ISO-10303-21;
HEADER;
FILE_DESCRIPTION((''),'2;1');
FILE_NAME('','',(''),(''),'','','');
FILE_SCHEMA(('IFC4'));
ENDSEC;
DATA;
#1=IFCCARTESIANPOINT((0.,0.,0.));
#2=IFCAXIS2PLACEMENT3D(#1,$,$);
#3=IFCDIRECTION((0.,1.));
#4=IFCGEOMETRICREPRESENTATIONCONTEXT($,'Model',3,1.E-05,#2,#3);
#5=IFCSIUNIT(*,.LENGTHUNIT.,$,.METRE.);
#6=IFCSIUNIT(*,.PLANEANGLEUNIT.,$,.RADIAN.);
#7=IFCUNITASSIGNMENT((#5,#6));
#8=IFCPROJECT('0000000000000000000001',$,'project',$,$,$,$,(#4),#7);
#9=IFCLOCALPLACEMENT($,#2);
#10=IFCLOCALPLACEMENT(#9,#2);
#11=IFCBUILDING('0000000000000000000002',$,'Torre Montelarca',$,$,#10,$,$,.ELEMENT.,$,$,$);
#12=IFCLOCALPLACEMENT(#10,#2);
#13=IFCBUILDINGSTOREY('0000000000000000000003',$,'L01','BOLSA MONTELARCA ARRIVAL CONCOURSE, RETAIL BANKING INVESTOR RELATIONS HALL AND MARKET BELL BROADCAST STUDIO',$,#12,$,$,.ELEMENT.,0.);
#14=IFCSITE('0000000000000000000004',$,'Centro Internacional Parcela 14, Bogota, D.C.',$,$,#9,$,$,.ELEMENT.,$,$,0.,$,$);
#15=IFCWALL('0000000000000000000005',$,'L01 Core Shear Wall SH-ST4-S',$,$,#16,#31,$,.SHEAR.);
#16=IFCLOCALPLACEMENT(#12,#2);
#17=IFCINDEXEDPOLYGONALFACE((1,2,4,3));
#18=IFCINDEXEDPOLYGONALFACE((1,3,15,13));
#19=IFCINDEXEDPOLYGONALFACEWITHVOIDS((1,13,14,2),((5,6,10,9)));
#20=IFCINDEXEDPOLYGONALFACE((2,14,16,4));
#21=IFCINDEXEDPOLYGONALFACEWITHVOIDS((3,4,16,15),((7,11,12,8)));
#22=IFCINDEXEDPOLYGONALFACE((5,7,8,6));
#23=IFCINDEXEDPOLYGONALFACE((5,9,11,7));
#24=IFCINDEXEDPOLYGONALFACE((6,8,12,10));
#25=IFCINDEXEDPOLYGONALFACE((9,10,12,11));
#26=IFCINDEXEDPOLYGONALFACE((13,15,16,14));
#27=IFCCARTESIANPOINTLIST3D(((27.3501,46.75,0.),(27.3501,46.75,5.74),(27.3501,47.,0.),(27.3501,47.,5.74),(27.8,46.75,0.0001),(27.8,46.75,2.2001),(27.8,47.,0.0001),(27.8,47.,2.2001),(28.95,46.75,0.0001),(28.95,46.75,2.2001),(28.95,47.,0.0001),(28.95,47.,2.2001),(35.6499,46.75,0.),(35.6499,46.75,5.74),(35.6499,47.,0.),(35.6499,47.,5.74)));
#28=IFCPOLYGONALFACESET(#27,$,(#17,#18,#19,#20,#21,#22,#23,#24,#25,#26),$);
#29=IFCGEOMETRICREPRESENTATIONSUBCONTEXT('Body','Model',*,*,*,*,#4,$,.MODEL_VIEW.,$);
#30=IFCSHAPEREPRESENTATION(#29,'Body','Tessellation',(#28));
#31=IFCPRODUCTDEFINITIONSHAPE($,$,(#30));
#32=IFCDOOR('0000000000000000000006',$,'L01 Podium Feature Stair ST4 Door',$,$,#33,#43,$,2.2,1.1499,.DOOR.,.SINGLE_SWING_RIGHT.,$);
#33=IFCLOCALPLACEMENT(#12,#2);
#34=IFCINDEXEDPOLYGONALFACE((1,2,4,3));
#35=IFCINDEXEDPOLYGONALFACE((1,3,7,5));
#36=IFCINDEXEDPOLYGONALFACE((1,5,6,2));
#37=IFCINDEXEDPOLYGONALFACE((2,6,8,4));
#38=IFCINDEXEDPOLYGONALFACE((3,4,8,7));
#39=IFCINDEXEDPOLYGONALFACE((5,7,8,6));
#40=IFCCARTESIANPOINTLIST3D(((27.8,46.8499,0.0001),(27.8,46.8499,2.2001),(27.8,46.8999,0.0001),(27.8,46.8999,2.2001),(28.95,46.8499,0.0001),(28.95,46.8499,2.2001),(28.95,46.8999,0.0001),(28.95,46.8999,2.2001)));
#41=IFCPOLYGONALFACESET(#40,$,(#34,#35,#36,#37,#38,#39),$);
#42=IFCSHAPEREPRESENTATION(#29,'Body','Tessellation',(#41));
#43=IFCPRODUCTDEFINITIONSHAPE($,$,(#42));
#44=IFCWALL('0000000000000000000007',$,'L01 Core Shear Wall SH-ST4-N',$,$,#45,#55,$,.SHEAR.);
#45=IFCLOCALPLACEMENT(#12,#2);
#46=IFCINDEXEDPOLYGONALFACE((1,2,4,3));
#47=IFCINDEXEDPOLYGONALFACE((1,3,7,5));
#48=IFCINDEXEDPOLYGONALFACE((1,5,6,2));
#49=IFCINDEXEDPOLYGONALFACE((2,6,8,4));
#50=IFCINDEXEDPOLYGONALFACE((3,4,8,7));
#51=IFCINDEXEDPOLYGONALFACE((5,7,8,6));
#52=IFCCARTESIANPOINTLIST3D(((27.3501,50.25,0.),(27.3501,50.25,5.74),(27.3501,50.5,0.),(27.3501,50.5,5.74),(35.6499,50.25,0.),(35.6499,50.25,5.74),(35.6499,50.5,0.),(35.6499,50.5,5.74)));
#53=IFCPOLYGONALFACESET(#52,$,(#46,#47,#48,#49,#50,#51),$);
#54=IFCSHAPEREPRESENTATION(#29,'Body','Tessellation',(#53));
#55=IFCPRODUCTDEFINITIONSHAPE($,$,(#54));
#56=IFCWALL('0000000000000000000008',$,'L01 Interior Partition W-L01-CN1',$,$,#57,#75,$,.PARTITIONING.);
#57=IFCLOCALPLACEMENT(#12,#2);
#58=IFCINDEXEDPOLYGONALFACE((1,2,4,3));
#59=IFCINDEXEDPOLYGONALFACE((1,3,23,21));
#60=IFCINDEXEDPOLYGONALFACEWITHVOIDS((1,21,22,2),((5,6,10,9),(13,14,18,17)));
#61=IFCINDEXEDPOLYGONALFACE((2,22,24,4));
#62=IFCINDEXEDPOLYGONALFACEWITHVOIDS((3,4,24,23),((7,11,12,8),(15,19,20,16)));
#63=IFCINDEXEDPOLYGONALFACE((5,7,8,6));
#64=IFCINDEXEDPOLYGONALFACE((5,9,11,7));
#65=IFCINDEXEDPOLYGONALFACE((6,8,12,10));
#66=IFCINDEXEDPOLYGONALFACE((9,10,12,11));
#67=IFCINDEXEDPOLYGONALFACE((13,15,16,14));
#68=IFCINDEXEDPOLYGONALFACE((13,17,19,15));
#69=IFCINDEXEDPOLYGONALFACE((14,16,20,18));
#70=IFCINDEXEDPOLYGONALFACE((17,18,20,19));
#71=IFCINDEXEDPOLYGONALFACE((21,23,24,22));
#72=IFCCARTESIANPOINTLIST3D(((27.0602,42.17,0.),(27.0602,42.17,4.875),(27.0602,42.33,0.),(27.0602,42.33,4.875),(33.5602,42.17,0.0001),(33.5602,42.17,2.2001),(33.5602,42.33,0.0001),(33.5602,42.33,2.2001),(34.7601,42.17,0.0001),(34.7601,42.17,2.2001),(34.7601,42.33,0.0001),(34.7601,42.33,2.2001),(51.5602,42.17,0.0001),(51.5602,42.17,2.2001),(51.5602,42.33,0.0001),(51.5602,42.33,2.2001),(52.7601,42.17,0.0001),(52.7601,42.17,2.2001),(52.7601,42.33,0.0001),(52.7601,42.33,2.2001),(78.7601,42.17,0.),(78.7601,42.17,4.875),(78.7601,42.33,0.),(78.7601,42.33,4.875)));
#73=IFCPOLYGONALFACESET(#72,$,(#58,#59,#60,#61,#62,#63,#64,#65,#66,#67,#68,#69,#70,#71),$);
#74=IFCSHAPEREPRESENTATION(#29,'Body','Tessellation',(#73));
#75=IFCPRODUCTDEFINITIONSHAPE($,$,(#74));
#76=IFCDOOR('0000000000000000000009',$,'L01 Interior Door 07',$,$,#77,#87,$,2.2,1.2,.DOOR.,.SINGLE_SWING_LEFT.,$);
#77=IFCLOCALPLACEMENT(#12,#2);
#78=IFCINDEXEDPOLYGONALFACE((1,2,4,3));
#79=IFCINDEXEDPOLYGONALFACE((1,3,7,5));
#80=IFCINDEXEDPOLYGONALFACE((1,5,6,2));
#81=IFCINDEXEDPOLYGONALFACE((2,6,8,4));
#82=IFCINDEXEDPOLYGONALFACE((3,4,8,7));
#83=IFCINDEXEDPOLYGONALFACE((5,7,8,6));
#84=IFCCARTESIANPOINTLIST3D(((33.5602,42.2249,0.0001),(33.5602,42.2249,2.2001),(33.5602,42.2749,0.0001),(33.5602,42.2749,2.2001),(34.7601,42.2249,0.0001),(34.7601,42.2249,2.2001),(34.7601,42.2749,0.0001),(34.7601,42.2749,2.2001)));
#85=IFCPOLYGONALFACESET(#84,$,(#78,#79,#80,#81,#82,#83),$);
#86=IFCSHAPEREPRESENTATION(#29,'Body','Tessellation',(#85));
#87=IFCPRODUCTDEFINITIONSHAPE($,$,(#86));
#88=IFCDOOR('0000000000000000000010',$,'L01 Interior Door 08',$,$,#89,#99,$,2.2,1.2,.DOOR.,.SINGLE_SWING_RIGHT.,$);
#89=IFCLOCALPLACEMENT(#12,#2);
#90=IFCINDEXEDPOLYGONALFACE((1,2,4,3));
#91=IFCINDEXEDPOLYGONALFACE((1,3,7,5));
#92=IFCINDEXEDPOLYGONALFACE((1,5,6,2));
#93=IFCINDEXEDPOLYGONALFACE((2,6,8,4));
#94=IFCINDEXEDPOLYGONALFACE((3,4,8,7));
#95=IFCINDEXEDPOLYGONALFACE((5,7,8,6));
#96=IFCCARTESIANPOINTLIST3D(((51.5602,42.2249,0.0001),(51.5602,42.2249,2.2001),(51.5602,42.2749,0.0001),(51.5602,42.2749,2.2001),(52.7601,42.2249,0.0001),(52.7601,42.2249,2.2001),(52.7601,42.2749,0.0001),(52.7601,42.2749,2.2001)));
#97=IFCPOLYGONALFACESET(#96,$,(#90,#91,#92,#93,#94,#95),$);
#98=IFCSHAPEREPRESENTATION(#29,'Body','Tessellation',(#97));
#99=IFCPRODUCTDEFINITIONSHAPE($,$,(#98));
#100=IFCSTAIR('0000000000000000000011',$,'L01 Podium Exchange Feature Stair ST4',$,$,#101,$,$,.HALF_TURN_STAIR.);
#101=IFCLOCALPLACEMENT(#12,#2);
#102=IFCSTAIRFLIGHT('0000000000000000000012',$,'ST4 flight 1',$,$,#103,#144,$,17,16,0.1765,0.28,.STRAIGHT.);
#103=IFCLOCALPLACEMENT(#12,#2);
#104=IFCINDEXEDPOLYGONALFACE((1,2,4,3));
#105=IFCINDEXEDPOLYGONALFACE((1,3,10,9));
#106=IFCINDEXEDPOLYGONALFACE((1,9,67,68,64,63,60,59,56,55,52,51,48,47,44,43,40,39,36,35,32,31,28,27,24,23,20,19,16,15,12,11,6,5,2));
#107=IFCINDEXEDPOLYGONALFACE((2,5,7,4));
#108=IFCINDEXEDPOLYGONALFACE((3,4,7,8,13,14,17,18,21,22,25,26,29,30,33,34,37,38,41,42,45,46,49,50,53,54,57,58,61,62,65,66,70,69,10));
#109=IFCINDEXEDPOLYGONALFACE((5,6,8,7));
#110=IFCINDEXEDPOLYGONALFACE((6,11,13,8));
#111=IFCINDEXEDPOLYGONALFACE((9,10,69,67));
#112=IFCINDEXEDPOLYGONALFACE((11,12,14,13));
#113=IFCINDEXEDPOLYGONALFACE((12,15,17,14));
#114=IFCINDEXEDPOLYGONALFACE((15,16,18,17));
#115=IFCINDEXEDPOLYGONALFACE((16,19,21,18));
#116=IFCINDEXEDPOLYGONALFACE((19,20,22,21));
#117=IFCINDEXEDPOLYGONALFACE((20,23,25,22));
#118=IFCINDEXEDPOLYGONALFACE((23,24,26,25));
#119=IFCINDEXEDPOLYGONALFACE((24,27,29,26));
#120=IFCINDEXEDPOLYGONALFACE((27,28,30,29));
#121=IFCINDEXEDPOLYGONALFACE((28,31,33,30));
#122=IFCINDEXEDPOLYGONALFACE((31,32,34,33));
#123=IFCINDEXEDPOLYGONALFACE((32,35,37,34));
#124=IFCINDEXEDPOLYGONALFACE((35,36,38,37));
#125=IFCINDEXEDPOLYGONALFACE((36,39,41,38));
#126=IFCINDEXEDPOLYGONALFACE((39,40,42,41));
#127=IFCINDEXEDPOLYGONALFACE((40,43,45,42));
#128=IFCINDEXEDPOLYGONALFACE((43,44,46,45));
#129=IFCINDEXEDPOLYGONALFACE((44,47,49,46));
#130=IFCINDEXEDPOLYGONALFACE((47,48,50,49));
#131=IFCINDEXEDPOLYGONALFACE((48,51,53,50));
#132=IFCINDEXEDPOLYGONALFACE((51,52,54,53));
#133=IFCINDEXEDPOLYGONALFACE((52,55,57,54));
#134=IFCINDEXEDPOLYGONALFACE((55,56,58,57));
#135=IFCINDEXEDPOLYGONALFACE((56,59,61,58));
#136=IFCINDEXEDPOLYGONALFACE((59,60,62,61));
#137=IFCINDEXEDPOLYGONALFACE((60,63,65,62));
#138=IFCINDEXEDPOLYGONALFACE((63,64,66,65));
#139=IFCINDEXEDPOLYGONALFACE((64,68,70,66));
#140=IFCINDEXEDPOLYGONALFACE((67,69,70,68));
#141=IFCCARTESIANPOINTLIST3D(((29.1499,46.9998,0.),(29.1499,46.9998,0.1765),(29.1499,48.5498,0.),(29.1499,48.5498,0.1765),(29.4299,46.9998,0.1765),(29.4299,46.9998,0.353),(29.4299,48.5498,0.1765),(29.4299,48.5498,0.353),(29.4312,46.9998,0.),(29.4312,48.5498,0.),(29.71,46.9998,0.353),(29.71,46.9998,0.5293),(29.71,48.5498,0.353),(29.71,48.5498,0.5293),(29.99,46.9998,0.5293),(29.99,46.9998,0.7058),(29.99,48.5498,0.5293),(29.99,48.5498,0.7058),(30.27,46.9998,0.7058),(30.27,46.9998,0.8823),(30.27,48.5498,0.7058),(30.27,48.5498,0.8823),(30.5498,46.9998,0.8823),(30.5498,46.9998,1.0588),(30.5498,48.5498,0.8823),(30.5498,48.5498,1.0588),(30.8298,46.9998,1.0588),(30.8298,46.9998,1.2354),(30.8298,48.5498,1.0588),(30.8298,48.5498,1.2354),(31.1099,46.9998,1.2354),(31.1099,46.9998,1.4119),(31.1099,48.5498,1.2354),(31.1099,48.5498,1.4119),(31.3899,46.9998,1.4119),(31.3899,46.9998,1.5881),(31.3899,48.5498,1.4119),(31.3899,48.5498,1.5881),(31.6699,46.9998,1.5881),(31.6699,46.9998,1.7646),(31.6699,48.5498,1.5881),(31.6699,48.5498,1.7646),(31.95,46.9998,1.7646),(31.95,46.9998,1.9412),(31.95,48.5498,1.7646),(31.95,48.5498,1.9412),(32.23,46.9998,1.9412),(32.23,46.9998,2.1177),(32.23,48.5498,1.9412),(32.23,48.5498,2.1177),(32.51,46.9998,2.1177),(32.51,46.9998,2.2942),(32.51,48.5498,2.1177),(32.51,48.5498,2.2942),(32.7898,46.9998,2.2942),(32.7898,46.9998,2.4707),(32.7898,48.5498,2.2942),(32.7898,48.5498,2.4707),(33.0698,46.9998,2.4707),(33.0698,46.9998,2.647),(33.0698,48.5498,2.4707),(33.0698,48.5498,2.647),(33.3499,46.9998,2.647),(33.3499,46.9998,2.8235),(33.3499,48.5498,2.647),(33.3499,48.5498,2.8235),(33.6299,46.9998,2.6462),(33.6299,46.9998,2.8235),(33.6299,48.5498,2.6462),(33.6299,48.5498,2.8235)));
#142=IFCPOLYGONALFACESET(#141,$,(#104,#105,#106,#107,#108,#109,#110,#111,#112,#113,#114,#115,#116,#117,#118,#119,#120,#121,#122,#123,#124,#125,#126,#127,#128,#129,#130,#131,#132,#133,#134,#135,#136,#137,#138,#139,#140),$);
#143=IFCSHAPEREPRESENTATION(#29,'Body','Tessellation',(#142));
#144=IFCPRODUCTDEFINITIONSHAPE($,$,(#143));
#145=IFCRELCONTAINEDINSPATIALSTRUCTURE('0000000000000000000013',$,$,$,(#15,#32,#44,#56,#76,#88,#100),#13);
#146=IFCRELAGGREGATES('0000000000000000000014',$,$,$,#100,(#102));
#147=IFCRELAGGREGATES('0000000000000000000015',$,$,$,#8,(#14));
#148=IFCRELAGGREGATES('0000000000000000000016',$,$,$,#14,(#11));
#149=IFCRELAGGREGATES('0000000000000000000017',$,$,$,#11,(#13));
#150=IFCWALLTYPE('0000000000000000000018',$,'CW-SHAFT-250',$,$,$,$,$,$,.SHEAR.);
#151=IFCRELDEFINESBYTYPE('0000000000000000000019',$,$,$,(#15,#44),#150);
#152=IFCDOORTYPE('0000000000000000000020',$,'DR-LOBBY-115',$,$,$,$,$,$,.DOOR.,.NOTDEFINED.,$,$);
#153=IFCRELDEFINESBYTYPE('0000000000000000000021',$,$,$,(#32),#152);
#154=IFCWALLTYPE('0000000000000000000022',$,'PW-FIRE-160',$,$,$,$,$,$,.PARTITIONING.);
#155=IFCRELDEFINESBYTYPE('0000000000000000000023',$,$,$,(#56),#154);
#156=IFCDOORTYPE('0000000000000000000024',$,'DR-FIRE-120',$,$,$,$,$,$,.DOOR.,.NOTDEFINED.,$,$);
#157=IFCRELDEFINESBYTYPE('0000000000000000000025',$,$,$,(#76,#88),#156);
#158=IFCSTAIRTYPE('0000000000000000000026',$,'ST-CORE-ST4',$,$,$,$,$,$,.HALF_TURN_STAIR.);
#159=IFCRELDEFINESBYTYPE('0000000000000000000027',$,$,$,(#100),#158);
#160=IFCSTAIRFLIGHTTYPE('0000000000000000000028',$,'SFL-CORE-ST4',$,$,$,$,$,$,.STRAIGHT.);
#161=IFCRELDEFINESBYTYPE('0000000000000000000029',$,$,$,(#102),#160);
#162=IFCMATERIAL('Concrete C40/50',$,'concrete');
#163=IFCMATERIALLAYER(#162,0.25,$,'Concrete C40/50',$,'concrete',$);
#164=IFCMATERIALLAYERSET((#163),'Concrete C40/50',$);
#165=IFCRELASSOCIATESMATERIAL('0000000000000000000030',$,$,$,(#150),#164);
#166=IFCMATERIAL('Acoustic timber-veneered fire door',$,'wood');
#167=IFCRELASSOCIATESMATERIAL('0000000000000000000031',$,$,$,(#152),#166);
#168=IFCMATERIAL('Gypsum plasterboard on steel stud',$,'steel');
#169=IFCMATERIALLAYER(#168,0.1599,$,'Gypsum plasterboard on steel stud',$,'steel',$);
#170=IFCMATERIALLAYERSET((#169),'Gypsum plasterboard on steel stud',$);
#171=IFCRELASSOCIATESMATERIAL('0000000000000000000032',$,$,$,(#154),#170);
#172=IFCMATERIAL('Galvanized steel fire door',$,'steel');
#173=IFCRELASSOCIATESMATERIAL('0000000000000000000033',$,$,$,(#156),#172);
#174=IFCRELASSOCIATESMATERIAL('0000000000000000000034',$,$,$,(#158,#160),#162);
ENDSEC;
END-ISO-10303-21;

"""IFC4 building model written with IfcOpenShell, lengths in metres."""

from ifc_helpers import new_model, si_unit, direction, frame, frame_2d, origin, place, context, subcontext, project, spatial, polyline, rectangle, outline, extrude, source, transform, mapped, material, layer, layer_set, type_object, element, fill, aggregate, save


model = new_model("IFC4")

# Units and contexts
model_context = context("Model", 3, precision=1e-05, world=origin(), true_north=direction((0.0, 1.0)))
body_context = subcontext(model_context, "Body", "Model", "MODEL_VIEW")
ifc_project = project(units=[si_unit("LENGTHUNIT", "METRE"), si_unit("PLANEANGLEUNIT", "RADIAN")], contexts=[model_context])

# Site, building, storey
site_placement = place(None, origin())
site = spatial("IfcSite", under=ifc_project, at=site_placement, Name="Centro Internacional Parcela 14, Bogota, D.C.", CompositionType="ELEMENT", RefElevation=0.0)
building_placement = place(site_placement, origin())
building = spatial("IfcBuilding", under=site, at=building_placement, Name="Torre Montelarca", CompositionType="ELEMENT")
storey_placement = place(building_placement, origin())
storey = spatial("IfcBuildingStorey", under=building, at=storey_placement, Name="L01", Description="BOLSA MONTELARCA ARRIVAL CONCOURSE, RETAIL BANKING INVESTOR RELATIONS HALL AND MARKET BELL BROADCAST STUDIO", CompositionType="ELEMENT", Elevation=0.0)

# Shared definitions
ifc_material_1 = material(Name="Concrete C40/50", Category="concrete")
ifc_layer_1 = layer(ifc_material_1, 0.25, Name="Concrete C40/50", Category="concrete")
ifc_layer_set_1 = layer_set([ifc_layer_1], Name="Concrete C40/50")
wall_type_1 = type_object("IfcWallType", Name="CW-SHAFT-250", PredefinedType="SHEAR", material=ifc_layer_set_1)

# Wall, opening, door
wall_1_placement = place(storey_placement, frame((27.3501, 46.875, 0.0), z_axis=(0.0, 0.0, 1.0), x_axis=(1.0, 0.0, 0.0)))
wall_1 = element("IfcWall", 1, at=wall_1_placement, inside=storey, type_object=wall_type_1, Name="L01 Core Shear Wall SH-ST4-S", PredefinedType="SHEAR", context=body_context, shape_type="SweptSolid", body=[
    extrude(rectangle(XDim=8.2998, YDim=0.25, at=frame_2d((4.1499, 0.0))), origin(), (0.0, 0.0, 1.0), 5.74),
])
opening_1_placement = place(wall_1_placement, frame((0.45, 0.0, 0.0)))
opening_1 = element("IfcOpeningElement", 2, at=opening_1_placement, cuts=wall_1, PredefinedType="OPENING", context=body_context, shape_type="SweptSolid", body=[
    extrude(rectangle(XDim=1.1499, YDim=2.2, at=frame_2d((0.575, 1.1001))), frame((0.0, 0.135, 0.0), z_axis=(0.0, -1.0, 0.0), x_axis=(1.0, 0.0, 0.0)), (0.0, 0.0, 1.0), 0.27),
])
ifc_material_2 = material(Name="Acoustic timber-veneered fire door", Category="wood")
door_type_1 = type_object("IfcDoorType", Name="DR-LOBBY-115", OperationType="NOTDEFINED", PredefinedType="DOOR", material=ifc_material_2)
shared_shape_1 = source(origin(), body_context, "Body", "SweptSolid", [
    extrude(rectangle(XDim=1.1499, YDim=2.2, at=frame_2d((0.575, 1.1001))), frame((0.0, 0.0249, 0.0), z_axis=(0.0, -1.0, 0.0), x_axis=(1.0, 0.0, 0.0)), (0.0, 0.0, 1.0), 0.05),
])
door_1_placement = place(opening_1_placement, origin())
door_1 = element("IfcDoor", 3, at=door_1_placement, inside=storey, type_object=door_type_1, Name="L01 Podium Feature Stair ST4 Door", OperationType="SINGLE_SWING_RIGHT", OverallHeight=2.2, OverallWidth=1.1499, PredefinedType="DOOR", context=body_context, shape_type="MappedRepresentation", body=[
    mapped(shared_shape_1, transform((0.0, 0.0, 0.0), scale=1.0)),
])
fill(opening_1, door_1)

# Wall
wall_2_placement = place(storey_placement, frame((27.3501, 50.375, 0.0), z_axis=(0.0, 0.0, 1.0), x_axis=(1.0, 0.0, 0.0)))
element("IfcWall", 4, at=wall_2_placement, inside=storey, type_object=wall_type_1, Name="L01 Core Shear Wall SH-ST4-N", PredefinedType="SHEAR", context=body_context, shape_type="SweptSolid", body=[
    extrude(rectangle(XDim=8.2998, YDim=0.25, at=frame_2d((4.1499, 0.0))), origin(), (0.0, 0.0, 1.0), 5.74),
])

# Wall, openings, doors
ifc_material_3 = material(Name="Gypsum plasterboard on steel stud", Category="steel")
ifc_layer_2 = layer(ifc_material_3, 0.1599, Name="Gypsum plasterboard on steel stud", Category="steel")
ifc_layer_set_2 = layer_set([ifc_layer_2], Name="Gypsum plasterboard on steel stud")
wall_type_2 = type_object("IfcWallType", Name="PW-FIRE-160", PredefinedType="PARTITIONING", material=ifc_layer_set_2)
wall_3_placement = place(storey_placement, frame((27.0601, 42.25, 0.0), z_axis=(0.0, 0.0, 1.0), x_axis=(1.0, 0.0, 0.0)))
wall_3 = element("IfcWall", 5, at=wall_3_placement, inside=storey, type_object=wall_type_2, Name="L01 Interior Partition W-L01-CN1", PredefinedType="PARTITIONING", context=body_context, shape_type="SweptSolid", body=[
    extrude(rectangle(XDim=51.7, YDim=0.1599, at=frame_2d((25.8501, 0.0))), origin(), (0.0, 0.0, 1.0), 4.875),
])
opening_2_placement = place(wall_3_placement, frame((6.5, 0.0, 0.0)))
opening_2 = element("IfcOpeningElement", 6, at=opening_2_placement, cuts=wall_3, PredefinedType="OPENING", context=body_context, shape_type="SweptSolid", body=[
    extrude(rectangle(XDim=1.2, YDim=2.2, at=frame_2d((0.6001, 1.1001))), frame((0.0, 0.0898, 0.0), z_axis=(0.0, -1.0, 0.0), x_axis=(1.0, 0.0, 0.0)), (0.0, 0.0, 1.0), 0.1799),
])
opening_3_placement = place(wall_3_placement, frame((24.5, 0.0, 0.0)))
opening_3 = element("IfcOpeningElement", 7, at=opening_3_placement, cuts=wall_3, PredefinedType="OPENING", context=body_context, shape_type="SweptSolid", body=[
    extrude(rectangle(XDim=1.2, YDim=2.2, at=frame_2d((0.6001, 1.1001))), frame((0.0, 0.0898, 0.0), z_axis=(0.0, -1.0, 0.0), x_axis=(1.0, 0.0, 0.0)), (0.0, 0.0, 1.0), 0.1799),
])
ifc_material_4 = material(Name="Galvanized steel fire door", Category="steel")
door_type_2 = type_object("IfcDoorType", Name="DR-FIRE-120", OperationType="NOTDEFINED", PredefinedType="DOOR", material=ifc_material_4)
shared_shape_2 = source(origin(), body_context, "Body", "SweptSolid", [
    extrude(rectangle(XDim=1.2, YDim=2.2, at=frame_2d((0.6001, 1.1001))), frame((0.0, 0.0249, 0.0), z_axis=(0.0, -1.0, 0.0), x_axis=(1.0, 0.0, 0.0)), (0.0, 0.0, 1.0), 0.05),
])
door_2_placement = place(opening_2_placement, origin())
door_2 = element("IfcDoor", 8, at=door_2_placement, inside=storey, type_object=door_type_2, Name="L01 Interior Door 07", OperationType="SINGLE_SWING_LEFT", OverallHeight=2.2, OverallWidth=1.2, PredefinedType="DOOR", context=body_context, shape_type="MappedRepresentation", body=[
    mapped(shared_shape_2, transform((0.0, 0.0, 0.0), scale=1.0)),
])
fill(opening_2, door_2)
door_3_placement = place(opening_3_placement, origin())
door_3 = element("IfcDoor", 9, at=door_3_placement, inside=storey, type_object=door_type_2, Name="L01 Interior Door 08", OperationType="SINGLE_SWING_RIGHT", OverallHeight=2.2, OverallWidth=1.2, PredefinedType="DOOR", context=body_context, shape_type="MappedRepresentation", body=[
    mapped(shared_shape_2, transform((0.0, 0.0, 0.0), scale=1.0)),
])
fill(opening_3, door_3)

# Stair, stair flight
stair_type = type_object("IfcStairType", Name="ST-CORE-ST4", PredefinedType="HALF_TURN_STAIR", material=ifc_material_1)
stair_placement = place(storey_placement, origin())
stair = element("IfcStair", 10, at=stair_placement, inside=storey, type_object=stair_type, Name="L01 Podium Exchange Feature Stair ST4", PredefinedType="HALF_TURN_STAIR")
stair_flight_type = type_object("IfcStairFlightType", Name="SFL-CORE-ST4", PredefinedType="STRAIGHT", material=ifc_material_1)
stair_flight_placement = place(storey_placement, frame((29.1499, 47.7749, 0.0), z_axis=(0.0, 0.0, 1.0), x_axis=(1.0, 0.0, 0.0)))
stair_flight = element("IfcStairFlight", 11, at=stair_flight_placement, type_object=stair_flight_type, Name="ST4 flight 1", NumberOfRisers=17, NumberOfTreads=16, PredefinedType="STRAIGHT", RiserHeight=0.1765, TreadLength=0.28, context=body_context, shape_type="SweptSolid", body=[
    extrude(outline(polyline([(0.0, 0.0), (0.0, 0.1765), (0.28, 0.1765), (0.28, 0.353), (0.5601, 0.353), (0.5601, 0.5293), (0.8401, 0.5293), (0.8401, 0.7058), (1.1201, 0.7058), (1.1201, 0.8823), (1.3999, 0.8823), (1.3999, 1.0588), (1.6799, 1.0588), (1.6799, 1.2354), (1.96, 1.2354), (1.96, 1.4119), (2.24, 1.4119), (2.24, 1.5881), (2.52, 1.5881), (2.52, 1.7646), (2.8, 1.7646), (2.8, 1.9412), (3.0801, 1.9412), (3.0801, 2.1177), (3.3601, 2.1177), (3.3601, 2.2942), (3.6399, 2.2942), (3.6399, 2.4707), (3.9199, 2.4707), (3.9199, 2.647), (4.2, 2.647), (4.2, 2.8235), (4.48, 2.8235), (4.48, 3.0), (4.48, 2.6462), (0.2812, 0.0), (0.0, 0.0)])), frame((0.0, 0.7749, 0.0), z_axis=(0.0, -1.0, 0.0), x_axis=(1.0, 0.0, 0.0)), (0.0, 0.0, 1.0), 1.55),
])
aggregate(stair, [stair_flight])

save(model, "model.ifc")
